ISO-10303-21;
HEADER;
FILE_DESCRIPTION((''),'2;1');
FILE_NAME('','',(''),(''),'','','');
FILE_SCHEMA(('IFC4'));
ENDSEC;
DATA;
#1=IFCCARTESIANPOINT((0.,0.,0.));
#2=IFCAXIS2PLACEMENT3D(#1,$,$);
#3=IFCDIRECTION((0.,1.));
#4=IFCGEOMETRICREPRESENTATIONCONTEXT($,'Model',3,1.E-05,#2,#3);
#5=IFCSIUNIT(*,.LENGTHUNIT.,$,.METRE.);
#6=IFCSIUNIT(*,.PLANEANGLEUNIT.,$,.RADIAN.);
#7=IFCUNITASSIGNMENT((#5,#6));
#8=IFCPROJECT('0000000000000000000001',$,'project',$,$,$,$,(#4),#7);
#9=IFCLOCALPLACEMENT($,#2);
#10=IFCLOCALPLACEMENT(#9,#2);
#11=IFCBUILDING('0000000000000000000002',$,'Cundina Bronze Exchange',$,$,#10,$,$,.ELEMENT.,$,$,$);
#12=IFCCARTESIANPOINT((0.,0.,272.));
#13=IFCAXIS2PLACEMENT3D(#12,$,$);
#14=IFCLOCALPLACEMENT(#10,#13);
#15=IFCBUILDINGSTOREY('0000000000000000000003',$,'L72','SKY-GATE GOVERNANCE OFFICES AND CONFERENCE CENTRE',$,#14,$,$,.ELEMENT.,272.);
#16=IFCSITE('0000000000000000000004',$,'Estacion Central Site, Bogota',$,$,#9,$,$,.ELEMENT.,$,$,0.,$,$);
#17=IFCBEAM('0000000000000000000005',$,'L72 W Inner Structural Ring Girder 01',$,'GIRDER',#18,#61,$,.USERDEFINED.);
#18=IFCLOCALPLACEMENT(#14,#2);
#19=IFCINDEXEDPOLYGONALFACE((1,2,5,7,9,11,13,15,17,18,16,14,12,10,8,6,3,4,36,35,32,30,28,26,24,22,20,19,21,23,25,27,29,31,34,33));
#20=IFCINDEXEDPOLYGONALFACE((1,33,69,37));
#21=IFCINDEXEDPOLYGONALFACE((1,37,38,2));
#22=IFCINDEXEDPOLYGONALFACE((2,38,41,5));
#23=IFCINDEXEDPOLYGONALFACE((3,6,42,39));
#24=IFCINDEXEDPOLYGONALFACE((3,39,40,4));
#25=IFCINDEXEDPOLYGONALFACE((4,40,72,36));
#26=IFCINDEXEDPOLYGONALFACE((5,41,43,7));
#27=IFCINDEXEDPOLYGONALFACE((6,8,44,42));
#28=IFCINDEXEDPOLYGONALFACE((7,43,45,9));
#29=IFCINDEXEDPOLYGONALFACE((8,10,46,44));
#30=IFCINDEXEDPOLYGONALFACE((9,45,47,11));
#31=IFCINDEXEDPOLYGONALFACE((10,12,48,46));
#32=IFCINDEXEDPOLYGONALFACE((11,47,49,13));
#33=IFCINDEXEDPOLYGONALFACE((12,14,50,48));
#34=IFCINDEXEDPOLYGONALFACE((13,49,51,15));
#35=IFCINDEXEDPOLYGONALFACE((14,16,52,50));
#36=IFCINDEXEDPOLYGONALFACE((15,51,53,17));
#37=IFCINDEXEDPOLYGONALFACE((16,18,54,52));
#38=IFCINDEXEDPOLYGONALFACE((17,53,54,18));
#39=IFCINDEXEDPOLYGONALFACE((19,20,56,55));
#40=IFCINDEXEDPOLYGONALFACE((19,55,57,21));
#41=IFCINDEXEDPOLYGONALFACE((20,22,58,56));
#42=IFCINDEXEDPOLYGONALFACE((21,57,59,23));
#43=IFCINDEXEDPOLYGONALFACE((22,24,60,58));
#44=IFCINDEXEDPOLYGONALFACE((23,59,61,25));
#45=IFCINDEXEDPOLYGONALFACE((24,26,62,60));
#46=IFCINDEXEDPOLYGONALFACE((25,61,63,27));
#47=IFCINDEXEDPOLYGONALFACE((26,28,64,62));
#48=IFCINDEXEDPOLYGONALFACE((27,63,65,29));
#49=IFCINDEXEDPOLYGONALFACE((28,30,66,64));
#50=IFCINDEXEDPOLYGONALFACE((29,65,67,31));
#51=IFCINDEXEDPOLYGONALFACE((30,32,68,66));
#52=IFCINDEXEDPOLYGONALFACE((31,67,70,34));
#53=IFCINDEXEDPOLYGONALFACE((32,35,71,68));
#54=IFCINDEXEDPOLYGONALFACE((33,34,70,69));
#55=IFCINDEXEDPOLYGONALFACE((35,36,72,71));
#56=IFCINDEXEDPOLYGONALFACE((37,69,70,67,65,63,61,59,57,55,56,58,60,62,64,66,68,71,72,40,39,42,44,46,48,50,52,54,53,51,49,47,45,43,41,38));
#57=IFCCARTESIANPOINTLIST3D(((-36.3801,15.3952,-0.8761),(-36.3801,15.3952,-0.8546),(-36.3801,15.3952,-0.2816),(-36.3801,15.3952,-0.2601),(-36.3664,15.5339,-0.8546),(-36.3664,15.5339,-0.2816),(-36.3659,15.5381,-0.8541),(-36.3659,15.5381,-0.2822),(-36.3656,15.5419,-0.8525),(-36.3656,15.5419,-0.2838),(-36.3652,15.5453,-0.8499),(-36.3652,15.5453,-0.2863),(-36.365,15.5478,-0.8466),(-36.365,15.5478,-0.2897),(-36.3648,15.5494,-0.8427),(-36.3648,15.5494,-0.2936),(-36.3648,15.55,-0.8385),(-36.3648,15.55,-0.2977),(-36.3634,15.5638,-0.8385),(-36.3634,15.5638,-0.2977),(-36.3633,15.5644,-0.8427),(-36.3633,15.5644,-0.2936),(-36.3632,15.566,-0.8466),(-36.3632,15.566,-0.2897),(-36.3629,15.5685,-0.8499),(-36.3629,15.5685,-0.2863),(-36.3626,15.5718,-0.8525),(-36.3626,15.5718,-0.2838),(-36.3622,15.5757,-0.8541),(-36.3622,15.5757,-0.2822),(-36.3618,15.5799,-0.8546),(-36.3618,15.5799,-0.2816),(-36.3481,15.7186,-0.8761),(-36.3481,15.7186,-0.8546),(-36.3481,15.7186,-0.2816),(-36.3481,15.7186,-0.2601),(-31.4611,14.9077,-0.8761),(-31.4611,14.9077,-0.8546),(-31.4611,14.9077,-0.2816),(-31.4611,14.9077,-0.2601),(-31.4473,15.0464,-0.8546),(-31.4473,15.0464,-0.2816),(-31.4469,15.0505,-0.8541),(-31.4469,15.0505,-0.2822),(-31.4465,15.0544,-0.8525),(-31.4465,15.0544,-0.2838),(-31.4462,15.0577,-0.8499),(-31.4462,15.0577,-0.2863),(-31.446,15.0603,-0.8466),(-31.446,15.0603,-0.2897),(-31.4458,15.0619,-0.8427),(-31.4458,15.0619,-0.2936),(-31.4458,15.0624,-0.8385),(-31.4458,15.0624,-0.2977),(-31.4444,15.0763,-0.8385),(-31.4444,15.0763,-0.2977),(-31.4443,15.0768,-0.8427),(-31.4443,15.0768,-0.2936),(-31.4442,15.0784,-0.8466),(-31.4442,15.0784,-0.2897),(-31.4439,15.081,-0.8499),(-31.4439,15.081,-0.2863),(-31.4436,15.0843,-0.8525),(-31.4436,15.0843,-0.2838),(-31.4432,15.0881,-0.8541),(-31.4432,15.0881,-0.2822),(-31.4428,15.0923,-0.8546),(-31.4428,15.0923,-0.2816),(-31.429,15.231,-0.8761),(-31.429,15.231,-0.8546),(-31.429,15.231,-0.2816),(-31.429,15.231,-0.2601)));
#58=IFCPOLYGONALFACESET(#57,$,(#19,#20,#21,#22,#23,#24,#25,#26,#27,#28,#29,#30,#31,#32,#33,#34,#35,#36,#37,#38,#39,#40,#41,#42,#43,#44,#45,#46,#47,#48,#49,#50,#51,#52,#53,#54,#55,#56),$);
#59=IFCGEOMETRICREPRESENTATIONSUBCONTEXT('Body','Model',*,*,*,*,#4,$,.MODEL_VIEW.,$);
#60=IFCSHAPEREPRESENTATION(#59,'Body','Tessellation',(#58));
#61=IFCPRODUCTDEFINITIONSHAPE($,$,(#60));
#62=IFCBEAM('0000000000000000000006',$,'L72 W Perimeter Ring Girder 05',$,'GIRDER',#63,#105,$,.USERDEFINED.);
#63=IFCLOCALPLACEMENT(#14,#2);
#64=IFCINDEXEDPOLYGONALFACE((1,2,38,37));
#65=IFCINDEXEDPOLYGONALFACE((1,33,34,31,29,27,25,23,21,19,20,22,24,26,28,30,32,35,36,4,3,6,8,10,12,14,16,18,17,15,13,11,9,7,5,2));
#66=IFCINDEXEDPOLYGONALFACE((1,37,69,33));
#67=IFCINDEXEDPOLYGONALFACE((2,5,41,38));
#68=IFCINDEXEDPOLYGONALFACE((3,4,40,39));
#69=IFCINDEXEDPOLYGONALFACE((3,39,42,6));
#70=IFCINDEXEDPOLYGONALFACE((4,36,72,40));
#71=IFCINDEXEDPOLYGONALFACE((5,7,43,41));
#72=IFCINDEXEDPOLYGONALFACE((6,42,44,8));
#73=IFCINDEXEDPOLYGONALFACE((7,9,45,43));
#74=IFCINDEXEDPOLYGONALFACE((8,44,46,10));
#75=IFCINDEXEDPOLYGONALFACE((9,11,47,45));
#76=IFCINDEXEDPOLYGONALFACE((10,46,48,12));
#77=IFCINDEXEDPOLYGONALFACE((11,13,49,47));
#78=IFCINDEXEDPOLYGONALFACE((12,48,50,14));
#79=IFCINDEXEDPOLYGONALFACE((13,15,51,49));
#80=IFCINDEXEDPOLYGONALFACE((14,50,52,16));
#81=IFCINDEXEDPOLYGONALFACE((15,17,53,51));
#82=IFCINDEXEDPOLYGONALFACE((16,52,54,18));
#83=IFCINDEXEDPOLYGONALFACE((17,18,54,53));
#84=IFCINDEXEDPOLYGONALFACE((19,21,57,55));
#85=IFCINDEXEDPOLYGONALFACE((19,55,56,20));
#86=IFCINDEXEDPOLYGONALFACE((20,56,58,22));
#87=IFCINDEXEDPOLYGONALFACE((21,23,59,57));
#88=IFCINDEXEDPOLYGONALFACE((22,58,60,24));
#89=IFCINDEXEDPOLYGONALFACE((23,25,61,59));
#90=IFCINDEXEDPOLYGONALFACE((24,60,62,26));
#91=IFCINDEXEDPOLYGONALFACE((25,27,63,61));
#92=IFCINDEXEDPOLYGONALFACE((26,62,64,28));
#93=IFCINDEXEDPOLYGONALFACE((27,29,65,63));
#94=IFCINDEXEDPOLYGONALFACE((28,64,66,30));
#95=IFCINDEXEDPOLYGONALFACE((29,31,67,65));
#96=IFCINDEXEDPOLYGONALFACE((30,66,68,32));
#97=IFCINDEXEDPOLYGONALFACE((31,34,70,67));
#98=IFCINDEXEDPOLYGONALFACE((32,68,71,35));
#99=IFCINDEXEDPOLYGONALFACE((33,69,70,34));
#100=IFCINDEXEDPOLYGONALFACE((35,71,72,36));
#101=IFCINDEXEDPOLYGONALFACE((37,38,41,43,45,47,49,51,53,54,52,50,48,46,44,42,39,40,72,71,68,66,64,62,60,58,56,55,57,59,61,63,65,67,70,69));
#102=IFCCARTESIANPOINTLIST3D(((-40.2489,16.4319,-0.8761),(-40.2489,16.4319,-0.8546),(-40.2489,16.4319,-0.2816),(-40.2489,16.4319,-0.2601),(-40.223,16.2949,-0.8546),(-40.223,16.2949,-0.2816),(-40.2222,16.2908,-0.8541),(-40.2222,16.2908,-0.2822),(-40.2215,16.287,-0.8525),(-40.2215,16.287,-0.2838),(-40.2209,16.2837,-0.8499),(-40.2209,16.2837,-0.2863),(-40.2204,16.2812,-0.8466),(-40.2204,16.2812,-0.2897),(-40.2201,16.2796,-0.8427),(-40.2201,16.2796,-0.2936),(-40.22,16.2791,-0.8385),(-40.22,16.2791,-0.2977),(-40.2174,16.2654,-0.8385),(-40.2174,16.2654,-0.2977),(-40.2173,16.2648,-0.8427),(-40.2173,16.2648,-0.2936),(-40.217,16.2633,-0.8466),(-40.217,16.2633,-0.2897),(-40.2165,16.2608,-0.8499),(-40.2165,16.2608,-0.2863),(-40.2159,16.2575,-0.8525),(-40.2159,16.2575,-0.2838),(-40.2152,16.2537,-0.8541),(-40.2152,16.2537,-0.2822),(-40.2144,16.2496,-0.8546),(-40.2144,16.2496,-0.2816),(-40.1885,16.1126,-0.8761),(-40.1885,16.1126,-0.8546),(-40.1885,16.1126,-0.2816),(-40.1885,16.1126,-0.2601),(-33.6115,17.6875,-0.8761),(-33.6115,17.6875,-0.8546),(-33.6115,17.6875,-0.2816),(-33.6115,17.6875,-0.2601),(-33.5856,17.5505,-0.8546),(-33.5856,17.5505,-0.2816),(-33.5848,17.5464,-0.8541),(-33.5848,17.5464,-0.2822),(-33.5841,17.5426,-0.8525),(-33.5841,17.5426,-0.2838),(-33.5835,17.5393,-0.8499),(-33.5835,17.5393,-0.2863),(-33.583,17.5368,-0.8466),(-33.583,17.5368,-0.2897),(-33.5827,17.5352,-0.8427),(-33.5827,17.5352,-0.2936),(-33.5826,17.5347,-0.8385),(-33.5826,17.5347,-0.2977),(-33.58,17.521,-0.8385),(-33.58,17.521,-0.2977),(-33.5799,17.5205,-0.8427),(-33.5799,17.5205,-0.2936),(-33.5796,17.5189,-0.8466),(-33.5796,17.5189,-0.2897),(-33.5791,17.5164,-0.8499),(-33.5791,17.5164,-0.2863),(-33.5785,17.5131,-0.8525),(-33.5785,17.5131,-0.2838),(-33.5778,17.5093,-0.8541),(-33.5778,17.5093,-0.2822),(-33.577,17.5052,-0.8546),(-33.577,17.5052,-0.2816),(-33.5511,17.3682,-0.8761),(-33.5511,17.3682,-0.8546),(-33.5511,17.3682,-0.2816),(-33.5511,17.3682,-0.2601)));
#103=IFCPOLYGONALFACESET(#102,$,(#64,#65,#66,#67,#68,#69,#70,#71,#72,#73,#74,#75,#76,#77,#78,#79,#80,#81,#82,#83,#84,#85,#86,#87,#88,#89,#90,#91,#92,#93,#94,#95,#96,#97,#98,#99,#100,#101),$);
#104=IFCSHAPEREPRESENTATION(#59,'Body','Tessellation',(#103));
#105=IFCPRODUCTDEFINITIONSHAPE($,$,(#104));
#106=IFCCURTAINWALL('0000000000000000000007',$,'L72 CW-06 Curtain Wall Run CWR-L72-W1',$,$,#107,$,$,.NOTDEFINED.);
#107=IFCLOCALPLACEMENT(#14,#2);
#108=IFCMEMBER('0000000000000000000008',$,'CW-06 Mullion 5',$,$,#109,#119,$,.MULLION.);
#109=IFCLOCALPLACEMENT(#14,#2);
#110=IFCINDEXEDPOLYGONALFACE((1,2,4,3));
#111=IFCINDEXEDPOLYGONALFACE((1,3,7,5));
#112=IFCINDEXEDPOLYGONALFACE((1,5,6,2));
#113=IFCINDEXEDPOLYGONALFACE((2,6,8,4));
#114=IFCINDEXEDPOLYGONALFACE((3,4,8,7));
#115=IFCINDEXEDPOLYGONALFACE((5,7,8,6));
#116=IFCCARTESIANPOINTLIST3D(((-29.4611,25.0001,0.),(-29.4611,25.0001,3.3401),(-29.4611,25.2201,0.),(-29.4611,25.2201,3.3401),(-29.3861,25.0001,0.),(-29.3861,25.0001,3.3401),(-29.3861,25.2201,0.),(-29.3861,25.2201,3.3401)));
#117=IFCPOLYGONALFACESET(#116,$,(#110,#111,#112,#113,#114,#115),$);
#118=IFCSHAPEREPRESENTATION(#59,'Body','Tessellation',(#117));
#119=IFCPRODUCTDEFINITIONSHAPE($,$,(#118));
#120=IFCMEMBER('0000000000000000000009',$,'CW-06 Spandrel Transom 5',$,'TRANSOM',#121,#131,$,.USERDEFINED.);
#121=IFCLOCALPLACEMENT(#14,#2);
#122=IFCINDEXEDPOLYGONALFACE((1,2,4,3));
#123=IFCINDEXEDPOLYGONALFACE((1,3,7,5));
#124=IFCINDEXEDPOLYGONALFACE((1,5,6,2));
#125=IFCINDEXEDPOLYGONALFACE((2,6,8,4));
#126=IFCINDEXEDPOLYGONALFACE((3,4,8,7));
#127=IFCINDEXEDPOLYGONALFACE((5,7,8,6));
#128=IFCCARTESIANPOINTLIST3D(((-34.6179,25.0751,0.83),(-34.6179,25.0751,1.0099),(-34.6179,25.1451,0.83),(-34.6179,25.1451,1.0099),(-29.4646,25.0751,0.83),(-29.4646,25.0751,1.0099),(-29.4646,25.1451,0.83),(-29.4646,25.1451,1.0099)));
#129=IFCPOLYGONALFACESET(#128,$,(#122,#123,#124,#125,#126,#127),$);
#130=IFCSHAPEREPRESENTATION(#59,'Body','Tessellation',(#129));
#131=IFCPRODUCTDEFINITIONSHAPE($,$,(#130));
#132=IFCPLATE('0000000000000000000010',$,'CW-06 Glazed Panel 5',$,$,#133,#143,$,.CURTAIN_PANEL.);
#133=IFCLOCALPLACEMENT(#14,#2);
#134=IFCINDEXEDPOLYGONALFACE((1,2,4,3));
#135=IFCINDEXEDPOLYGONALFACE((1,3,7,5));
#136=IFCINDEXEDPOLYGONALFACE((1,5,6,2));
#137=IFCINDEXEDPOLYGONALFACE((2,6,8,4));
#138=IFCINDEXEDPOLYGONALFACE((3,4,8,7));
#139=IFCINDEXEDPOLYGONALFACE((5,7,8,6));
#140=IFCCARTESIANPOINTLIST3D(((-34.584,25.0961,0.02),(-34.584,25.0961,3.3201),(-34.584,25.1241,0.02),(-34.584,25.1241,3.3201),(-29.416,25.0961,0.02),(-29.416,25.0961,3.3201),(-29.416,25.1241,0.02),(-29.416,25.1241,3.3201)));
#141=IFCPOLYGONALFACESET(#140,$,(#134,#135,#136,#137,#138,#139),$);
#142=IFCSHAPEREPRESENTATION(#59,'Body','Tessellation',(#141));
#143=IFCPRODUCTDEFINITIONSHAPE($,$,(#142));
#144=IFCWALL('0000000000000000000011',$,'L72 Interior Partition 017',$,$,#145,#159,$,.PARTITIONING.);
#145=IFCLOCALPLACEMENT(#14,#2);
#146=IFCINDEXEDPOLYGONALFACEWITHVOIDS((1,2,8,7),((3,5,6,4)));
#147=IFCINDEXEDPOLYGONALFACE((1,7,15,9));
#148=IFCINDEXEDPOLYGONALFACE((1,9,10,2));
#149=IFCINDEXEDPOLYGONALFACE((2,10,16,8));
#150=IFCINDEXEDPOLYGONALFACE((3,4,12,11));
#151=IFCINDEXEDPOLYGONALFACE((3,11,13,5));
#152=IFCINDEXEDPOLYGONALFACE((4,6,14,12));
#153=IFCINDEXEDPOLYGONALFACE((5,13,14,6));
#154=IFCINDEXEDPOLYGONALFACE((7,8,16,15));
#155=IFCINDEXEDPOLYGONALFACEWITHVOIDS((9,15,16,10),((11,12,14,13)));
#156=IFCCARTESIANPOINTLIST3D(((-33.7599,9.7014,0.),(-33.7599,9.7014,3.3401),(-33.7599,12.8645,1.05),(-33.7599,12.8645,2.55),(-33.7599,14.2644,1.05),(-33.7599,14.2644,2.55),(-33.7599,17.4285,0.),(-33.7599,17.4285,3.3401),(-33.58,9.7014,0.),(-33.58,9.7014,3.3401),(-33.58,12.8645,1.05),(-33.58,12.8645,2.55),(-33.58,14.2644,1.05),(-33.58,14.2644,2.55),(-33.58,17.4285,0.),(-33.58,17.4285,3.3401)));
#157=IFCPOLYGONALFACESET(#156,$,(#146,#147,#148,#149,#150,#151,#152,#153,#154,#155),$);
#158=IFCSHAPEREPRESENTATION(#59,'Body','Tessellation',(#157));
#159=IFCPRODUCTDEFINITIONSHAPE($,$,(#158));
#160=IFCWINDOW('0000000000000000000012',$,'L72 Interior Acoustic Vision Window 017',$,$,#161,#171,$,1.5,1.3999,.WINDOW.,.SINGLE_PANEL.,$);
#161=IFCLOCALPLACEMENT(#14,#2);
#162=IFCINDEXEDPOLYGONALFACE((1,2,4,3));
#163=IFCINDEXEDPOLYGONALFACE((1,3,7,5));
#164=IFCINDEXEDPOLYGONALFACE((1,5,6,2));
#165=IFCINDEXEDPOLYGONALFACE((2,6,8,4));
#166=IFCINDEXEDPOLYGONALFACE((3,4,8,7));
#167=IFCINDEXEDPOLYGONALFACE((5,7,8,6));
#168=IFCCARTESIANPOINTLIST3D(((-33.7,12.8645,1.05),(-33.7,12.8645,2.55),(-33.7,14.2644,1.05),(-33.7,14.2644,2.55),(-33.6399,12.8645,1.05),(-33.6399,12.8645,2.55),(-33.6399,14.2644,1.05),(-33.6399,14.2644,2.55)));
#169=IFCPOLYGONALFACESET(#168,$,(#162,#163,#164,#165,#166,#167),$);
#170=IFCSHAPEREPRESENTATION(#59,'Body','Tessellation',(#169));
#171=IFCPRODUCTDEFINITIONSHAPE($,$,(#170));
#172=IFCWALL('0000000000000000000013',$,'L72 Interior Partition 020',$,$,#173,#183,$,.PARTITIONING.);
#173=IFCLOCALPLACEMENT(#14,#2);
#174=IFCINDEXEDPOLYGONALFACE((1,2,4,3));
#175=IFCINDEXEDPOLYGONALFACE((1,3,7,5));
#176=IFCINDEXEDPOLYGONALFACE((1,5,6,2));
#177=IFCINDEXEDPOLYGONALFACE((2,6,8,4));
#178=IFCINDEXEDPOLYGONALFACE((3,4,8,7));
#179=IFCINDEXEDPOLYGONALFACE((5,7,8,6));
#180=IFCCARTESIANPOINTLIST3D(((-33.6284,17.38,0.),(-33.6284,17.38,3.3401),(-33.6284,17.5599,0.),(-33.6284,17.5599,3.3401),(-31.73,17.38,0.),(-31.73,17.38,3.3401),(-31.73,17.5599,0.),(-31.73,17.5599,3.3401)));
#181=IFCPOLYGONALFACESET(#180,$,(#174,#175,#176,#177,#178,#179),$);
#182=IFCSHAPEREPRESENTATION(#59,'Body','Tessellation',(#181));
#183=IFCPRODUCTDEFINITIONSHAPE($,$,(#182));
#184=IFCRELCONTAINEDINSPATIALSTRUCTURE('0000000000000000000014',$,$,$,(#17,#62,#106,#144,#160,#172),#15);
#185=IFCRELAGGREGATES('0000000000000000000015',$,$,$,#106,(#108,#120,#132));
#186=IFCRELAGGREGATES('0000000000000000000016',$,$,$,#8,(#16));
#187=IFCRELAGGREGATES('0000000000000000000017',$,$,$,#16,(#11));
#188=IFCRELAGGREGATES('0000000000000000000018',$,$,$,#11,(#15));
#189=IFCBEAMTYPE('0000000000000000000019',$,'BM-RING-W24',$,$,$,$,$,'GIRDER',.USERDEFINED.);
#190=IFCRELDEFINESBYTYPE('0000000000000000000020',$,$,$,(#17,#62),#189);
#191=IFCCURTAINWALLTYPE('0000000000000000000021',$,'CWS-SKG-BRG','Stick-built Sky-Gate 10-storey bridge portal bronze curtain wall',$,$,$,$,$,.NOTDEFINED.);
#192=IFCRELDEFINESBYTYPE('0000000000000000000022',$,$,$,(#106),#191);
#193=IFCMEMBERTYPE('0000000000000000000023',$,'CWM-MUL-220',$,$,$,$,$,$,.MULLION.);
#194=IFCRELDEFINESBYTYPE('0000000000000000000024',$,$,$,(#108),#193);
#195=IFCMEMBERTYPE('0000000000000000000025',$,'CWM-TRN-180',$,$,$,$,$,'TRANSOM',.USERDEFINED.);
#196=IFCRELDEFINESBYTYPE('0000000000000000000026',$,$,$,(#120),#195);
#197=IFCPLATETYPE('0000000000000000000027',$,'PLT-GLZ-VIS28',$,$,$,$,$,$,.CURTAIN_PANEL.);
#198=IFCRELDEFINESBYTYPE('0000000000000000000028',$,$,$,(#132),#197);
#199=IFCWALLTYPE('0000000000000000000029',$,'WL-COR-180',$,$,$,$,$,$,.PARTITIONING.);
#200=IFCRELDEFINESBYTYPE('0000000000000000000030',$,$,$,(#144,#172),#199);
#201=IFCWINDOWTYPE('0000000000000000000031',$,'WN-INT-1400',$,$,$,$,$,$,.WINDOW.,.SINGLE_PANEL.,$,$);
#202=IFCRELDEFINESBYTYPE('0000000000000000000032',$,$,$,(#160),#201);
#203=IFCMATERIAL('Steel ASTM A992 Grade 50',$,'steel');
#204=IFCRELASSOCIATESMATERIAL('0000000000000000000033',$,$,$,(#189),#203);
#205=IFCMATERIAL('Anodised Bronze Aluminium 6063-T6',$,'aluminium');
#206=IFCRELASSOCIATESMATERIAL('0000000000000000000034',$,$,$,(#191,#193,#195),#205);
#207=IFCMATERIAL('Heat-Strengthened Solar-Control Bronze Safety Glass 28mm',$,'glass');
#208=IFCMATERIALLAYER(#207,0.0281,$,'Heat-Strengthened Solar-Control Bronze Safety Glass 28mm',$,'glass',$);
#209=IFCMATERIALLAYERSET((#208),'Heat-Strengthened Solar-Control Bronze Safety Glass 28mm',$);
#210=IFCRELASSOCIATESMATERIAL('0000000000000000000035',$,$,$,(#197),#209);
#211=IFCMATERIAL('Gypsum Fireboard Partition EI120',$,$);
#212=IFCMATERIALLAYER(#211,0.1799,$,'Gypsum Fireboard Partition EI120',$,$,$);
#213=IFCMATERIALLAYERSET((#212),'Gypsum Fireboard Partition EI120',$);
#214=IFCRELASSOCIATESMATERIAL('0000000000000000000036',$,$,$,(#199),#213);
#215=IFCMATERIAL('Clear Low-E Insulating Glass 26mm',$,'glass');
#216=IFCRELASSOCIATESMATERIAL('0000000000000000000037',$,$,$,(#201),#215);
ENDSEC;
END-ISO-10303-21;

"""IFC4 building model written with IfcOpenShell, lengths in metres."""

from ifc_helpers import new_model, si_unit, direction, frame, frame_2d, origin, origin_2d, place, context, subcontext, project, spatial, rectangle, i_section, extrude, material, layer, layer_set, material_profile, profile_set, type_object, element, fill, aggregate, save


model = new_model("IFC4")

# Units and contexts
model_context = context("Model", 3, precision=1e-05, world=origin(), true_north=direction((0.0, 1.0)))
body_context = subcontext(model_context, "Body", "Model", "MODEL_VIEW")
ifc_project = project(units=[si_unit("LENGTHUNIT", "METRE"), si_unit("PLANEANGLEUNIT", "RADIAN")], contexts=[model_context])

# Site, building, storey
site_placement = place(None, origin())
site = spatial("IfcSite", under=ifc_project, at=site_placement, Name="Estacion Central Site, Bogota", CompositionType="ELEMENT", RefElevation=0.0)
building_placement = place(site_placement, origin())
building = spatial("IfcBuilding", under=site, at=building_placement, Name="Cundina Bronze Exchange", CompositionType="ELEMENT")
storey_placement = place(building_placement, frame((0.0, 0.0, 272.0)))
storey = spatial("IfcBuildingStorey", under=building, at=storey_placement, Name="L72", Description="SKY-GATE GOVERNANCE OFFICES AND CONFERENCE CENTRE", CompositionType="ELEMENT", Elevation=272.0)

# Shared definitions
ifc_material_1 = material(Name="Steel ASTM A992 Grade 50", Category="steel")

# Beams
ifc_material_profile_1 = material_profile(ifc_material_1, i_section(OverallWidth=0.325, OverallDepth=0.616, WebThickness=0.0139, FlangeThickness=0.0215, FilletRadius=0.0161, at=origin_2d()), Name="W24X117", Category="steel")
ifc_profile_set_1 = profile_set([ifc_material_profile_1], Name="Steel ASTM A992 Grade 50")
beam_type_1 = type_object("IfcBeamType", Name="BM-RING-W24", ElementType="GIRDER", PredefinedType="USERDEFINED", material=ifc_profile_set_1)
beam_1_placement = place(storey_placement, frame((-31.4451, 15.0693, -0.5681), z_axis=(-0.995124, 0.098633, 0.0), x_axis=(-0.098633, -0.995124, 0.0)))
element("IfcBeam", 1, at=beam_1_placement, inside=storey, type_object=beam_type_1, Name="L72 W Inner Structural Ring Girder 01", ObjectType="GIRDER", PredefinedType="USERDEFINED", context=body_context, shape_type="SweptSolid", body=[
    extrude(i_section(OverallWidth=0.325, OverallDepth=0.616, WebThickness=0.0139, FlangeThickness=0.0215, FilletRadius=0.0161, at=origin_2d()), origin(), (0.0, 0.0, 1.0), 4.9431),
])
beam_2_placement = place(storey_placement, frame((-33.5813, 17.5278, -0.5681), z_axis=(-0.982573, -0.185875, 0.0), x_axis=(0.185875, -0.982573, 0.0)))
element("IfcBeam", 2, at=beam_2_placement, inside=storey, type_object=beam_type_1, Name="L72 W Perimeter Ring Girder 05", ObjectType="GIRDER", PredefinedType="USERDEFINED", context=body_context, shape_type="SweptSolid", body=[
    extrude(i_section(OverallWidth=0.325, OverallDepth=0.616, WebThickness=0.0139, FlangeThickness=0.0215, FilletRadius=0.0161, at=origin_2d()), origin(), (0.0, 0.0, 1.0), 6.7551),
])

# Curtain wall, members, plate
ifc_material_2 = material(Name="Anodised Bronze Aluminium 6063-T6", Category="aluminium")
curtain_wall_type = type_object("IfcCurtainWallType", Name="CWS-SKG-BRG", Description="Stick-built Sky-Gate 10-storey bridge portal bronze curtain wall", PredefinedType="NOTDEFINED", material=ifc_material_2)
curtain_wall_placement = place(storey_placement, origin())
curtain_wall = element("IfcCurtainWall", 3, at=curtain_wall_placement, inside=storey, type_object=curtain_wall_type, Name="L72 CW-06 Curtain Wall Run CWR-L72-W1", PredefinedType="NOTDEFINED")
ifc_material_profile_2 = material_profile(ifc_material_2, rectangle(XDim=0.075, YDim=0.22, at=origin_2d()), Name="AL75X220", Category="aluminium")
ifc_profile_set_2 = profile_set([ifc_material_profile_2], Name="Anodised Bronze Aluminium 6063-T6")
member_type_1 = type_object("IfcMemberType", Name="CWM-MUL-220", PredefinedType="MULLION", material=ifc_profile_set_2)
member_1_placement = place(storey_placement, frame((-29.4236, 25.1101, 0.0), z_axis=(0.0, 0.0, 1.0), x_axis=(-1.0, 0.0, 0.0)))
member_1 = element("IfcMember", 4, at=member_1_placement, type_object=member_type_1, Name="CW-06 Mullion 5", PredefinedType="MULLION", context=body_context, shape_type="SweptSolid", body=[
    extrude(rectangle(XDim=0.075, YDim=0.22, at=origin_2d()), origin(), (0.0, 0.0, 1.0), 3.3401),
])
ifc_material_profile_3 = material_profile(ifc_material_2, rectangle(XDim=0.0701, YDim=0.1799, at=origin_2d()), Name="AL70X180", Category="aluminium")
ifc_profile_set_3 = profile_set([ifc_material_profile_3], Name="Anodised Bronze Aluminium 6063-T6")
member_type_2 = type_object("IfcMemberType", Name="CWM-TRN-180", ElementType="TRANSOM", PredefinedType="USERDEFINED", material=ifc_profile_set_3)
member_2_placement = place(storey_placement, frame((-29.4646, 25.1101, 0.9199), z_axis=(-1.0, 0.0, 0.0), x_axis=(0.0, -1.0, 0.0)))
member_2 = element("IfcMember", 5, at=member_2_placement, type_object=member_type_2, Name="CW-06 Spandrel Transom 5", ObjectType="TRANSOM", PredefinedType="USERDEFINED", context=body_context, shape_type="SweptSolid", body=[
    extrude(rectangle(XDim=0.0701, YDim=0.1799, at=origin_2d()), origin(), (0.0, 0.0, 1.0), 5.1533),
])
ifc_material_3 = material(Name="Heat-Strengthened Solar-Control Bronze Safety Glass 28mm", Category="glass")
ifc_layer_1 = layer(ifc_material_3, 0.0281, Name="Heat-Strengthened Solar-Control Bronze Safety Glass 28mm", Category="glass")
ifc_layer_set_1 = layer_set([ifc_layer_1], Name="Heat-Strengthened Solar-Control Bronze Safety Glass 28mm")
plate_type = type_object("IfcPlateType", Name="PLT-GLZ-VIS28", PredefinedType="CURTAIN_PANEL", material=ifc_layer_set_1)
plate_placement = place(storey_placement, frame((-32.0, 25.1101, 0.02), z_axis=(0.0, 0.0, 1.0), x_axis=(-1.0, 0.0, 0.0)))
plate = element("IfcPlate", 6, at=plate_placement, type_object=plate_type, Name="CW-06 Glazed Panel 5", PredefinedType="CURTAIN_PANEL", context=body_context, shape_type="SweptSolid", body=[
    extrude(rectangle(XDim=5.168, YDim=0.0281, at=origin_2d()), origin(), (0.0, 0.0, 1.0), 3.3),
])
aggregate(curtain_wall, [member_1, member_2, plate])

# Wall, opening, window
ifc_material_4 = material(Name="Gypsum Fireboard Partition EI120")
ifc_layer_2 = layer(ifc_material_4, 0.1799, Name="Gypsum Fireboard Partition EI120")
ifc_layer_set_2 = layer_set([ifc_layer_2], Name="Gypsum Fireboard Partition EI120")
wall_type_1 = type_object("IfcWallType", Name="WL-COR-180", PredefinedType="PARTITIONING", material=ifc_layer_set_2)
wall_1_placement = place(storey_placement, frame((-33.6699, 17.4285, 0.0), z_axis=(0.0, 0.0, 1.0), x_axis=(0.0, -1.0, 0.0)))
wall_1 = element("IfcWall", 7, at=wall_1_placement, inside=storey, type_object=wall_type_1, Name="L72 Interior Partition 017", PredefinedType="PARTITIONING", context=body_context, shape_type="SweptSolid", body=[
    extrude(rectangle(XDim=7.7271, YDim=0.1799, at=frame_2d((3.8635, 0.0))), origin(), (0.0, 0.0, 1.0), 3.3401),
])
opening_1_placement = place(wall_1_placement, frame((3.1641, 0.0, 1.05)))
opening_1 = element("IfcOpeningElement", 8, at=opening_1_placement, cuts=wall_1, PredefinedType="OPENING", context=body_context, shape_type="SweptSolid", body=[
    extrude(rectangle(XDim=1.3999, YDim=1.5, at=frame_2d((0.7, 0.75))), frame((0.0, 0.0999, 0.0), z_axis=(0.0, -1.0, 0.0), x_axis=(1.0, 0.0, 0.0)), (0.0, 0.0, 1.0), 0.2),
])
ifc_material_5 = material(Name="Clear Low-E Insulating Glass 26mm", Category="glass")
window_type = type_object("IfcWindowType", Name="WN-INT-1400", PartitioningType="SINGLE_PANEL", PredefinedType="WINDOW", material=ifc_material_5)
window_1_placement = place(opening_1_placement, origin())
window_1 = element("IfcWindow", 9, at=window_1_placement, inside=storey, type_object=window_type, Name="L72 Interior Acoustic Vision Window 017", OverallHeight=1.5, OverallWidth=1.3999, PartitioningType="SINGLE_PANEL", PredefinedType="WINDOW", context=body_context, shape_type="SweptSolid", body=[
    extrude(rectangle(XDim=1.3999, YDim=1.5, at=frame_2d((0.7, 0.75))), frame((0.0, 0.03, 0.0), z_axis=(0.0, -1.0, 0.0), x_axis=(1.0, 0.0, 0.0)), (0.0, 0.0, 1.0), 0.0601),
])
fill(opening_1, window_1)

# Wall
wall_2_placement = place(storey_placement, frame((-31.73, 17.47, 0.0), z_axis=(0.0, 0.0, 1.0), x_axis=(-1.0, 0.0, 0.0)))
element("IfcWall", 10, at=wall_2_placement, inside=storey, type_object=wall_type_1, Name="L72 Interior Partition 020", PredefinedType="PARTITIONING", context=body_context, shape_type="SweptSolid", body=[
    extrude(rectangle(XDim=1.8984, YDim=0.1799, at=frame_2d((0.9492, 0.0))), origin(), (0.0, 0.0, 1.0), 3.3401),
])

save(model, "model.ifc")
